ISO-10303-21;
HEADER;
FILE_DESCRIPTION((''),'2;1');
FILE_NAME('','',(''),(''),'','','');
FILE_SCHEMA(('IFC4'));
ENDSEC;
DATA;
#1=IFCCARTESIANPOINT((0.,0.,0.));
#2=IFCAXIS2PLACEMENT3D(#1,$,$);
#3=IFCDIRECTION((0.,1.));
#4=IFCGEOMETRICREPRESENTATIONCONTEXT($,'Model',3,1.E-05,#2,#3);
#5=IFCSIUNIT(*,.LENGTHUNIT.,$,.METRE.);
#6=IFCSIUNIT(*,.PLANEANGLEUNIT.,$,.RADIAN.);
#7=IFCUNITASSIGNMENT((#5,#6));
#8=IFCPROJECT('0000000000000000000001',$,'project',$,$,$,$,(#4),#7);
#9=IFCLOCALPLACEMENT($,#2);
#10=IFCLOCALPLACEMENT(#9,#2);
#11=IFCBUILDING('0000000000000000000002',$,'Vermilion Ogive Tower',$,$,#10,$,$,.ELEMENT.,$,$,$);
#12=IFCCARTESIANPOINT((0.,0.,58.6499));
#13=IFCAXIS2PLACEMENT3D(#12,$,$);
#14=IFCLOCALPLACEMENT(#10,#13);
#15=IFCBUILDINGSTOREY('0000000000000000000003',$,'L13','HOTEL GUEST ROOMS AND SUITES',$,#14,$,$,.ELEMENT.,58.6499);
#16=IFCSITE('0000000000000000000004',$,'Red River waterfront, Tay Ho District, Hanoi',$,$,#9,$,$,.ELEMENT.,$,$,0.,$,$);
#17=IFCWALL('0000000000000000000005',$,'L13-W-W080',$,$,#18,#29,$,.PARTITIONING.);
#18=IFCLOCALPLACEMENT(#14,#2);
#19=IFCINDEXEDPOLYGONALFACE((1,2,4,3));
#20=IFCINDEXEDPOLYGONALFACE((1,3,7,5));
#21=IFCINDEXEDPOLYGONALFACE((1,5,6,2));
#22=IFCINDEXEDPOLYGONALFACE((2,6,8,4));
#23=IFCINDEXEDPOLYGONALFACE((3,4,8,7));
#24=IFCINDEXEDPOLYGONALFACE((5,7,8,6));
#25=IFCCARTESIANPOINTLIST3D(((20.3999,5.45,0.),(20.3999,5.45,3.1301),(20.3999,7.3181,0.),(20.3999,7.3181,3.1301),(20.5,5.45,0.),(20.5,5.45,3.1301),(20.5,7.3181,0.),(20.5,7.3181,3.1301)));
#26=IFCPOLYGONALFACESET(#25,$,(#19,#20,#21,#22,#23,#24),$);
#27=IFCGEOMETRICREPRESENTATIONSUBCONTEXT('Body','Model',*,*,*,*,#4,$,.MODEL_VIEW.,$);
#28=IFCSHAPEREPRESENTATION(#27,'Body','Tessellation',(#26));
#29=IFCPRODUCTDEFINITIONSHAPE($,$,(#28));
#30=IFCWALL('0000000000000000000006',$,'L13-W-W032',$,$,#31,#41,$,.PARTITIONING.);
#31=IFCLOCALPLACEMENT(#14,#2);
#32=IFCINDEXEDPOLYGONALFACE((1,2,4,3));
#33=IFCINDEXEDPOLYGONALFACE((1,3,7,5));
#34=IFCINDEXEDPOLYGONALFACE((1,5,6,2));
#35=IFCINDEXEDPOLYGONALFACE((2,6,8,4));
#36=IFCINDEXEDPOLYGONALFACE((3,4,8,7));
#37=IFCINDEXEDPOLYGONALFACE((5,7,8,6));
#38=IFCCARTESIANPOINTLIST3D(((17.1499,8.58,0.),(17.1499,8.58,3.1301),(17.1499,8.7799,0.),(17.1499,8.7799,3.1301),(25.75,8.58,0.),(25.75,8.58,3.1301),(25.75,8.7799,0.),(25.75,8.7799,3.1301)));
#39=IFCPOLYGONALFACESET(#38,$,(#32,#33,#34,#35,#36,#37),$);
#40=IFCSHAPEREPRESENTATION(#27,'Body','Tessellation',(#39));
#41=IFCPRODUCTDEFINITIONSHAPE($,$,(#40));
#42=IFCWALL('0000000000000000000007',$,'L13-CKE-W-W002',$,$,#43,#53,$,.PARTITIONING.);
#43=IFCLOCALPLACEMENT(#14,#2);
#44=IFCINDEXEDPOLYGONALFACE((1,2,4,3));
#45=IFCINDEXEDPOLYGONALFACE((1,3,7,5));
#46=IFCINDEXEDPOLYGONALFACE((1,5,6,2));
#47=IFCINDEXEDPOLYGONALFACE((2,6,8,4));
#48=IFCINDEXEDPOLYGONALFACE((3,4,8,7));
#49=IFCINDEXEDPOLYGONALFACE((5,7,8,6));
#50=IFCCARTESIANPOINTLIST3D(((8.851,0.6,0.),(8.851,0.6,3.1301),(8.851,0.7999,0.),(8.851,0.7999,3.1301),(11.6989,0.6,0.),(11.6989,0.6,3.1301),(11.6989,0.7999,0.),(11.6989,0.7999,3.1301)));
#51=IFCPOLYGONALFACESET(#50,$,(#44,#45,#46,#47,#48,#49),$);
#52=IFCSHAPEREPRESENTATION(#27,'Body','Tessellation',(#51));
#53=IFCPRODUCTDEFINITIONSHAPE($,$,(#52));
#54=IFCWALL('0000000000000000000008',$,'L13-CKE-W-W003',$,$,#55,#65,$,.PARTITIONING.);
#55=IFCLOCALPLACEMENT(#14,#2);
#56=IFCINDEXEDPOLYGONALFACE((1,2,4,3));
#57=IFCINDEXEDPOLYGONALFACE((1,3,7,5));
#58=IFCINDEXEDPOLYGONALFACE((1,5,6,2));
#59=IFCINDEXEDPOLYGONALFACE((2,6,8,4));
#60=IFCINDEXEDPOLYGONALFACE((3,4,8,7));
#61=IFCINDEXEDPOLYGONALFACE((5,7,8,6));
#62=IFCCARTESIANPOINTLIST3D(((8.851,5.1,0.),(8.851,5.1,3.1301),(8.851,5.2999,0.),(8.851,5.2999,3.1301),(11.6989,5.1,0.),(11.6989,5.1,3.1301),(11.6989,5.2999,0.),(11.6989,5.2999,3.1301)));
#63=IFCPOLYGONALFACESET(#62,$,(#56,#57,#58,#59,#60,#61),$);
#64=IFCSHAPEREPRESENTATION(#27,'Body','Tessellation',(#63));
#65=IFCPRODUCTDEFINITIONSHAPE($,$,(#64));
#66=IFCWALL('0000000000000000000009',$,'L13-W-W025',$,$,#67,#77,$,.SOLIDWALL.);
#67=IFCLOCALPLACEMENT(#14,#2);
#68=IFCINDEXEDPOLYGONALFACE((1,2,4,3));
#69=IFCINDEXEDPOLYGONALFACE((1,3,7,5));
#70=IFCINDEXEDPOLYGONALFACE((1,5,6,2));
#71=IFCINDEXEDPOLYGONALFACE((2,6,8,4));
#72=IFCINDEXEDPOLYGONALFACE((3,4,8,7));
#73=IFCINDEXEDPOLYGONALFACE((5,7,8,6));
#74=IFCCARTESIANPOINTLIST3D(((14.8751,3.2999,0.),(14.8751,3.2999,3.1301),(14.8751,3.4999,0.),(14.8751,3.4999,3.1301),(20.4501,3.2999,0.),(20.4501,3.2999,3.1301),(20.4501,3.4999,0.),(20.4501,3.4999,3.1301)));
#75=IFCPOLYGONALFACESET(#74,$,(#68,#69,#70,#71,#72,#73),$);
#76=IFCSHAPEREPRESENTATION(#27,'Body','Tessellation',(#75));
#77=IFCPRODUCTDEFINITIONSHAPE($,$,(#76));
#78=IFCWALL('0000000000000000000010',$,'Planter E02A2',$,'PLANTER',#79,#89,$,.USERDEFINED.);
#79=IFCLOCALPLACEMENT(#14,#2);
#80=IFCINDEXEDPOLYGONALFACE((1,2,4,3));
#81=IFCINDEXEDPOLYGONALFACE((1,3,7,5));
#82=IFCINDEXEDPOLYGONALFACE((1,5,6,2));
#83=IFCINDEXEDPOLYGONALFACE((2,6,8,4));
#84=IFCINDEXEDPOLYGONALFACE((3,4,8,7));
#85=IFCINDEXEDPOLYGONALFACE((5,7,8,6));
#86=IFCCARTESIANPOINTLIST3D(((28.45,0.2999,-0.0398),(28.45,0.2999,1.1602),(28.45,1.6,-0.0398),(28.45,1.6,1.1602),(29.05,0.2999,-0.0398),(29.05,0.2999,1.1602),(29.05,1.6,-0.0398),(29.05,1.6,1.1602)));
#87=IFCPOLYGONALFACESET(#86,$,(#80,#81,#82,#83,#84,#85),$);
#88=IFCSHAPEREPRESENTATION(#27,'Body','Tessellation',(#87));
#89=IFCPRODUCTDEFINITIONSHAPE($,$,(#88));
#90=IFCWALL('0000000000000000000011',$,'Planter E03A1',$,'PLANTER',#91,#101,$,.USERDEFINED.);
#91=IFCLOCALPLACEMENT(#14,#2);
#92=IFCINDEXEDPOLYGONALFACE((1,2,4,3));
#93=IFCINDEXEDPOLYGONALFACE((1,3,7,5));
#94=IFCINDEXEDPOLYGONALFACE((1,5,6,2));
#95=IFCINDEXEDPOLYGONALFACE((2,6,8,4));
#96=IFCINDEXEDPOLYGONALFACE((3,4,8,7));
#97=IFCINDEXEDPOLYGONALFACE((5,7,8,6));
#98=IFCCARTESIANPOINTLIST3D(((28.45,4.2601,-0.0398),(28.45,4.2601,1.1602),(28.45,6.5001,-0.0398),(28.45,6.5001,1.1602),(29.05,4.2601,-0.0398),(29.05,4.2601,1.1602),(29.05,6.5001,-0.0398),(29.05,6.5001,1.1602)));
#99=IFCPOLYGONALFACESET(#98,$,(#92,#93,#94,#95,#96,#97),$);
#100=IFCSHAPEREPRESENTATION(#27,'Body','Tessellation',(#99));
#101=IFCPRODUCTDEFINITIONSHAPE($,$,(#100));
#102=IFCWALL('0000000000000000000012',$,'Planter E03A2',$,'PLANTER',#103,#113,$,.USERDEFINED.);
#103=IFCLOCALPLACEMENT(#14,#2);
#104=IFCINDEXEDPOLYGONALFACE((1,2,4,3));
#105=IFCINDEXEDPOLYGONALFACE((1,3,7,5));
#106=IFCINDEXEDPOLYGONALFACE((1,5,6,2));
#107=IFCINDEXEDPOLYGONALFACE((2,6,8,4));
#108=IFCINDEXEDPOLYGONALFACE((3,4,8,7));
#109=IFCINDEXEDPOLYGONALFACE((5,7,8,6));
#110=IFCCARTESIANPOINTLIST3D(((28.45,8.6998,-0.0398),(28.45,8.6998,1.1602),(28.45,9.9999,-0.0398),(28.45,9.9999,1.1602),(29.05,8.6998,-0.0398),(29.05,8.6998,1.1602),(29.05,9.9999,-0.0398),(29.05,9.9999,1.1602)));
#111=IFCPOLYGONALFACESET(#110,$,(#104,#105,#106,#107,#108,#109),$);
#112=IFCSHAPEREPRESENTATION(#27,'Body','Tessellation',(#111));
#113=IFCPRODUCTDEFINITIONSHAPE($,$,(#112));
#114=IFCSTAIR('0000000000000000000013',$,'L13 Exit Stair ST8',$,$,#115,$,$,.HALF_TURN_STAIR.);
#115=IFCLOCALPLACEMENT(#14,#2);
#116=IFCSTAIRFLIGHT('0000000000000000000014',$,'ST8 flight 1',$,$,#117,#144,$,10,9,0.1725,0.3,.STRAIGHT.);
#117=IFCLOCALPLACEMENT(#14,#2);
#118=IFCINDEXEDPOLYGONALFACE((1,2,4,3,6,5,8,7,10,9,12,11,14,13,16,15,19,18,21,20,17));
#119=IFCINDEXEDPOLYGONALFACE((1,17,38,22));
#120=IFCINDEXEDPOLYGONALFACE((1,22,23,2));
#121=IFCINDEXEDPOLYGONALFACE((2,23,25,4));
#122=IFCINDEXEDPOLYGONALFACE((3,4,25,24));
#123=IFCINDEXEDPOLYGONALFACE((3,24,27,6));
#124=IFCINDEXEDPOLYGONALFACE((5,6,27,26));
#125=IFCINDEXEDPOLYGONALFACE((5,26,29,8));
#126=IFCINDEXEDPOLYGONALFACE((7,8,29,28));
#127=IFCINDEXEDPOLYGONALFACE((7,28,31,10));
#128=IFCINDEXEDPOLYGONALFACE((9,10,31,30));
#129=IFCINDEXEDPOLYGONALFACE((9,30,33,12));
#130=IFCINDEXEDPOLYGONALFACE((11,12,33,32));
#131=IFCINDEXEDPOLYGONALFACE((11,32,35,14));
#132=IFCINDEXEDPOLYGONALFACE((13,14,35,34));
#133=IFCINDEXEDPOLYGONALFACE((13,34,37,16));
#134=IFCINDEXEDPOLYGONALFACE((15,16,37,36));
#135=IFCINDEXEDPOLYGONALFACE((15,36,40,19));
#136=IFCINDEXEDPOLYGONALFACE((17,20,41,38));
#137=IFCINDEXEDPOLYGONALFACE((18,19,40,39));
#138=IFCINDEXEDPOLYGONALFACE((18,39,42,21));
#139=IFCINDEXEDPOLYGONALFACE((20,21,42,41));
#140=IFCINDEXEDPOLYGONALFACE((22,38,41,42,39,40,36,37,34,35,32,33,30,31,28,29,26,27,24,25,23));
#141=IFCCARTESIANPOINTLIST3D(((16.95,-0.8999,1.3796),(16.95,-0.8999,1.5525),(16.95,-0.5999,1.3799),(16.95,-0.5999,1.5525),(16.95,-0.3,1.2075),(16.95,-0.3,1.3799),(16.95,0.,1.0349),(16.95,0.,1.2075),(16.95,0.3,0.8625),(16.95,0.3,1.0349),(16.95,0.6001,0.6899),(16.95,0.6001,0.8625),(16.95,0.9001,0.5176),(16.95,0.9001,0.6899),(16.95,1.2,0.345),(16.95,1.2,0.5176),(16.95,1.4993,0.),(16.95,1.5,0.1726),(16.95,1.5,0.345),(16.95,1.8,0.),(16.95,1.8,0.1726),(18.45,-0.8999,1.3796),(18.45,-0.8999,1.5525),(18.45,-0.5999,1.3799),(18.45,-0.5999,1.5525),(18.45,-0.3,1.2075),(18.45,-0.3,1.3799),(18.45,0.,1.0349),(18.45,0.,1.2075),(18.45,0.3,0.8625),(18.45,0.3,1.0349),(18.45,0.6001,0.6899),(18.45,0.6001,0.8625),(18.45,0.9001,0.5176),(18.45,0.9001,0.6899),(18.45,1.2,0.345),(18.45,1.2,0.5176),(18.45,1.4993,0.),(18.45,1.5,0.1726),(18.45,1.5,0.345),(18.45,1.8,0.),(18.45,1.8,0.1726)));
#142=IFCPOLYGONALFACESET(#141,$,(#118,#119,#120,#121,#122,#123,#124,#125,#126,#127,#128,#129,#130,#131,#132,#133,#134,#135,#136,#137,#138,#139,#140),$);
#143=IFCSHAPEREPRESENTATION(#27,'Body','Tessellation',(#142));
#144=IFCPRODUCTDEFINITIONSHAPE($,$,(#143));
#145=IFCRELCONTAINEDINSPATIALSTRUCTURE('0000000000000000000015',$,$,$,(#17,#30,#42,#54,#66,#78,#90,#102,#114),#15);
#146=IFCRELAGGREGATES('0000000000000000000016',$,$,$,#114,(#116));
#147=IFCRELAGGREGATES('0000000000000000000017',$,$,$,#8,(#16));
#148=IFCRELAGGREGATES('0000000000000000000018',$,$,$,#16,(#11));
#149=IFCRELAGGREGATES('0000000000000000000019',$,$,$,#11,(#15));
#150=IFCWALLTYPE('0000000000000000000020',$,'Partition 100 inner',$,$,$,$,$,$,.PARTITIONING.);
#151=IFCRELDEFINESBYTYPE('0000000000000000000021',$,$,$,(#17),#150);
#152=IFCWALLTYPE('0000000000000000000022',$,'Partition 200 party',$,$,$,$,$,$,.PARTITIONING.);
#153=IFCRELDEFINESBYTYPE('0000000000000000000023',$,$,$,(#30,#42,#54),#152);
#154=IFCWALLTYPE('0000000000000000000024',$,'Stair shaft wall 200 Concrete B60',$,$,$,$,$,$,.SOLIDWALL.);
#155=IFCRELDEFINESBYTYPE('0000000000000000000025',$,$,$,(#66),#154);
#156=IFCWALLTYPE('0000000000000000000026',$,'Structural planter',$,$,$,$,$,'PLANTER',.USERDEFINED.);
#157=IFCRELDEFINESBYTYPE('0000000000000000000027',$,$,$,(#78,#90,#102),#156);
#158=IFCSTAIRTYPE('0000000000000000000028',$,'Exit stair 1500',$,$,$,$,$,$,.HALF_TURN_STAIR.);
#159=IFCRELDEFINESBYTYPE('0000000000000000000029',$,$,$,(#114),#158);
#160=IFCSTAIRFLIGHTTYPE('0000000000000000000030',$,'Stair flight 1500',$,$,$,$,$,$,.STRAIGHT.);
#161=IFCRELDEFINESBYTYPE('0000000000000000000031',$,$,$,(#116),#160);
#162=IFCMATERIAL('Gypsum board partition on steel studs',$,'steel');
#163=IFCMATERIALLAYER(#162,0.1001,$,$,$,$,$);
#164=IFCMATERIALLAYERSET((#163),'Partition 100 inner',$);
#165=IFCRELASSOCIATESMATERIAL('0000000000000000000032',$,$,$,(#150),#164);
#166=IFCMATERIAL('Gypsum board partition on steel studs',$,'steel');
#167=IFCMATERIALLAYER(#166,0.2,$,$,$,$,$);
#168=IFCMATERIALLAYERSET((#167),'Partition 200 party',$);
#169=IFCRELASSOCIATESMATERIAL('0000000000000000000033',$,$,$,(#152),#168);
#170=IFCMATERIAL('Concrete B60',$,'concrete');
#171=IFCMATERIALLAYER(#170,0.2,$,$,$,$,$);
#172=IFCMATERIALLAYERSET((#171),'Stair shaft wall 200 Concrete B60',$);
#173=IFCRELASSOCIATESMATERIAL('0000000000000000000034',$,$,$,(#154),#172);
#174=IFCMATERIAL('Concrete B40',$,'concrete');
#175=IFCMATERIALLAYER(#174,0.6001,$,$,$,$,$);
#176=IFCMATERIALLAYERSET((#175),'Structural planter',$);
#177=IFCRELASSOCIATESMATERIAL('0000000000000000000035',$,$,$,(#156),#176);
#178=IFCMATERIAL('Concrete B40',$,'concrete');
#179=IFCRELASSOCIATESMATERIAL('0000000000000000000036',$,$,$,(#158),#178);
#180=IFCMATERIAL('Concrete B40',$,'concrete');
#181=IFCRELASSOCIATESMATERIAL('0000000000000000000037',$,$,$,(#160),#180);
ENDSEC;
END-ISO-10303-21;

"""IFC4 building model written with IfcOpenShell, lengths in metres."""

from ifc_helpers import new_model, si_unit, direction, frame, frame_2d, origin, place, context, subcontext, project, spatial, polyline, rectangle, outline, extrude, material, layer, layer_set, type_object, element, aggregate, save


model = new_model("IFC4")

# Units and contexts
model_context = context("Model", 3, precision=1e-05, world=origin(), true_north=direction((0.0, 1.0)))
body_context = subcontext(model_context, "Body", "Model", "MODEL_VIEW")
ifc_project = project(units=[si_unit("LENGTHUNIT", "METRE"), si_unit("PLANEANGLEUNIT", "RADIAN")], contexts=[model_context])

# Site, building, storey
site_placement = place(None, origin())
site = spatial("IfcSite", under=ifc_project, at=site_placement, Name="Red River waterfront, Tay Ho District, Hanoi", CompositionType="ELEMENT", RefElevation=0.0)
building_placement = place(site_placement, origin())
building = spatial("IfcBuilding", under=site, at=building_placement, Name="Vermilion Ogive Tower", CompositionType="ELEMENT")
storey_placement = place(building_placement, frame((0.0, 0.0, 58.6499)))
storey = spatial("IfcBuildingStorey", under=building, at=storey_placement, Name="L13", Description="HOTEL GUEST ROOMS AND SUITES", CompositionType="ELEMENT", Elevation=58.6499)

# Shared definitions
ifc_material_1 = material(Name="Gypsum board partition on steel studs", Category="steel")
ifc_layer_1 = layer(ifc_material_1, 0.1001)
ifc_layer_set_1 = layer_set([ifc_layer_1], Name="Partition 100 inner")
wall_type_1 = type_object("IfcWallType", Name="Partition 100 inner", PredefinedType="PARTITIONING", material=ifc_layer_set_1)

# Walls
wall_1_placement = place(storey_placement, frame((20.45, 5.45, 0.0), z_axis=(0.0, 0.0, 1.0), x_axis=(0.0, 1.0, 0.0)))
element("IfcWall", 1, at=wall_1_placement, inside=storey, type_object=wall_type_1, Name="L13-W-W080", PredefinedType="PARTITIONING", context=body_context, shape_type="SweptSolid", body=[
    extrude(rectangle(XDim=1.8682, YDim=0.1001, at=frame_2d((0.9341, 0.0))), origin(), (0.0, 0.0, 1.0), 3.1301),
])
ifc_material_2 = material(Name="Gypsum board partition on steel studs", Category="steel")
ifc_layer_2 = layer(ifc_material_2, 0.2)
ifc_layer_set_2 = layer_set([ifc_layer_2], Name="Partition 200 party")
wall_type_2 = type_object("IfcWallType", Name="Partition 200 party", PredefinedType="PARTITIONING", material=ifc_layer_set_2)
wall_2_placement = place(storey_placement, frame((17.1499, 8.6799, 0.0), z_axis=(0.0, 0.0, 1.0), x_axis=(1.0, 0.0, 0.0)))
element("IfcWall", 2, at=wall_2_placement, inside=storey, type_object=wall_type_2, Name="L13-W-W032", PredefinedType="PARTITIONING", context=body_context, shape_type="SweptSolid", body=[
    extrude(rectangle(XDim=8.6001, YDim=0.2, at=frame_2d((4.3, 0.0))), origin(), (0.0, 0.0, 1.0), 3.1301),
])
for number, where, z_axis, x_axis, name in (
    (3, (8.8511, 0.7, 0.0), (0.0, 0.0, 1.0), (1.0, 0.0, 0.0), "L13-CKE-W-W002"),
    (4, (8.8511, 5.2, 0.0), (0.0, 0.0, 1.0), (1.0, 0.0, 0.0), "L13-CKE-W-W003"),
):
    element("IfcWall", number, at=place(storey_placement, frame(where, z_axis=z_axis, x_axis=x_axis)), inside=storey, type_object=wall_type_2, Name=name, PredefinedType="PARTITIONING", context=body_context, shape_type="SweptSolid", body=[
        extrude(rectangle(XDim=2.8479, YDim=0.2, at=frame_2d((1.4238, 0.0))), origin(), (0.0, 0.0, 1.0), 3.1301),
    ])
ifc_material_3 = material(Name="Concrete B60", Category="concrete")
ifc_layer_3 = layer(ifc_material_3, 0.2)
ifc_layer_set_3 = layer_set([ifc_layer_3], Name="Stair shaft wall 200 Concrete B60")
wall_type_3 = type_object("IfcWallType", Name="Stair shaft wall 200 Concrete B60", PredefinedType="SOLIDWALL", material=ifc_layer_set_3)
wall_3_placement = place(storey_placement, frame((14.875, 3.3999, 0.0), z_axis=(0.0, 0.0, 1.0), x_axis=(1.0, 0.0, 0.0)))
element("IfcWall", 5, at=wall_3_placement, inside=storey, type_object=wall_type_3, Name="L13-W-W025", PredefinedType="SOLIDWALL", context=body_context, shape_type="SweptSolid", body=[
    extrude(rectangle(XDim=5.575, YDim=0.2, at=frame_2d((2.7876, 0.0))), origin(), (0.0, 0.0, 1.0), 3.1301),
])
ifc_material_4 = material(Name="Concrete B40", Category="concrete")
ifc_layer_4 = layer(ifc_material_4, 0.6001)
ifc_layer_set_4 = layer_set([ifc_layer_4], Name="Structural planter")
wall_type_4 = type_object("IfcWallType", Name="Structural planter", ElementType="PLANTER", PredefinedType="USERDEFINED", material=ifc_layer_set_4)
wall_4_placement = place(storey_placement, frame((28.75, 0.3, -0.0398), z_axis=(0.0, 0.0, 1.0), x_axis=(0.0, 1.0, 0.0)))
element("IfcWall", 6, at=wall_4_placement, inside=storey, type_object=wall_type_4, Name="Planter E02A2", ObjectType="PLANTER", PredefinedType="USERDEFINED", context=body_context, shape_type="SweptSolid", body=[
    extrude(rectangle(XDim=1.3, YDim=0.6001, at=frame_2d((0.6499, 0.0))), origin(), (0.0, 0.0, 1.0), 1.2),
])
wall_5_placement = place(storey_placement, frame((28.75, 4.26, -0.0398), z_axis=(0.0, 0.0, 1.0), x_axis=(0.0, 1.0, 0.0)))
element("IfcWall", 7, at=wall_5_placement, inside=storey, type_object=wall_type_4, Name="Planter E03A1", ObjectType="PLANTER", PredefinedType="USERDEFINED", context=body_context, shape_type="SweptSolid", body=[
    extrude(rectangle(XDim=2.24, YDim=0.6001, at=frame_2d((1.1201, 0.0))), origin(), (0.0, 0.0, 1.0), 1.2),
])
wall_6_placement = place(storey_placement, frame((28.75, 8.7, -0.0398), z_axis=(0.0, 0.0, 1.0), x_axis=(0.0, 1.0, 0.0)))
element("IfcWall", 8, at=wall_6_placement, inside=storey, type_object=wall_type_4, Name="Planter E03A2", ObjectType="PLANTER", PredefinedType="USERDEFINED", context=body_context, shape_type="SweptSolid", body=[
    extrude(rectangle(XDim=1.3, YDim=0.6001, at=frame_2d((0.6499, 0.0))), origin(), (0.0, 0.0, 1.0), 1.2),
])

# Stair, stair flight
ifc_material_5 = material(Name="Concrete B40", Category="concrete")
stair_type = type_object("IfcStairType", Name="Exit stair 1500", PredefinedType="HALF_TURN_STAIR", material=ifc_material_5)
stair_placement = place(storey_placement, origin())
stair = element("IfcStair", 9, at=stair_placement, inside=storey, type_object=stair_type, Name="L13 Exit Stair ST8", PredefinedType="HALF_TURN_STAIR")
ifc_material_6 = material(Name="Concrete B40", Category="concrete")
stair_flight_type = type_object("IfcStairFlightType", Name="Stair flight 1500", PredefinedType="STRAIGHT", material=ifc_material_6)
stair_flight_placement = place(storey_placement, frame((17.7, 1.8, 0.0), z_axis=(0.0, 0.0, 1.0), x_axis=(0.0, -1.0, 0.0)))
stair_flight = element("IfcStairFlight", 10, at=stair_flight_placement, type_object=stair_flight_type, Name="ST8 flight 1", NumberOfRisers=10, NumberOfTreads=9, PredefinedType="STRAIGHT", RiserHeight=0.1725, TreadLength=0.3, context=body_context, shape_type="SweptSolid", body=[
    extrude(outline(polyline([(0.0, 0.0), (0.0, 0.1726), (0.3, 0.1726), (0.3, 0.345), (0.6001, 0.345), (0.6001, 0.5176), (0.8999, 0.5176), (0.8999, 0.6899), (1.2, 0.6899), (1.2, 0.8625), (1.5, 0.8625), (1.5, 1.0349), (1.8, 1.0349), (1.8, 1.2075), (2.1001, 1.2075), (2.1001, 1.3799), (2.3999, 1.3799), (2.3999, 1.5525), (2.7, 1.5525), (2.7, 1.7251), (2.7, 1.3796), (0.3008, 0.0), (0.0, 0.0)])), frame((0.0, 0.75, 0.0), z_axis=(0.0, -1.0, 0.0), x_axis=(1.0, 0.0, 0.0)), (0.0, 0.0, 1.0), 1.5),
])
aggregate(stair, [stair_flight])

save(model, "model.ifc")
